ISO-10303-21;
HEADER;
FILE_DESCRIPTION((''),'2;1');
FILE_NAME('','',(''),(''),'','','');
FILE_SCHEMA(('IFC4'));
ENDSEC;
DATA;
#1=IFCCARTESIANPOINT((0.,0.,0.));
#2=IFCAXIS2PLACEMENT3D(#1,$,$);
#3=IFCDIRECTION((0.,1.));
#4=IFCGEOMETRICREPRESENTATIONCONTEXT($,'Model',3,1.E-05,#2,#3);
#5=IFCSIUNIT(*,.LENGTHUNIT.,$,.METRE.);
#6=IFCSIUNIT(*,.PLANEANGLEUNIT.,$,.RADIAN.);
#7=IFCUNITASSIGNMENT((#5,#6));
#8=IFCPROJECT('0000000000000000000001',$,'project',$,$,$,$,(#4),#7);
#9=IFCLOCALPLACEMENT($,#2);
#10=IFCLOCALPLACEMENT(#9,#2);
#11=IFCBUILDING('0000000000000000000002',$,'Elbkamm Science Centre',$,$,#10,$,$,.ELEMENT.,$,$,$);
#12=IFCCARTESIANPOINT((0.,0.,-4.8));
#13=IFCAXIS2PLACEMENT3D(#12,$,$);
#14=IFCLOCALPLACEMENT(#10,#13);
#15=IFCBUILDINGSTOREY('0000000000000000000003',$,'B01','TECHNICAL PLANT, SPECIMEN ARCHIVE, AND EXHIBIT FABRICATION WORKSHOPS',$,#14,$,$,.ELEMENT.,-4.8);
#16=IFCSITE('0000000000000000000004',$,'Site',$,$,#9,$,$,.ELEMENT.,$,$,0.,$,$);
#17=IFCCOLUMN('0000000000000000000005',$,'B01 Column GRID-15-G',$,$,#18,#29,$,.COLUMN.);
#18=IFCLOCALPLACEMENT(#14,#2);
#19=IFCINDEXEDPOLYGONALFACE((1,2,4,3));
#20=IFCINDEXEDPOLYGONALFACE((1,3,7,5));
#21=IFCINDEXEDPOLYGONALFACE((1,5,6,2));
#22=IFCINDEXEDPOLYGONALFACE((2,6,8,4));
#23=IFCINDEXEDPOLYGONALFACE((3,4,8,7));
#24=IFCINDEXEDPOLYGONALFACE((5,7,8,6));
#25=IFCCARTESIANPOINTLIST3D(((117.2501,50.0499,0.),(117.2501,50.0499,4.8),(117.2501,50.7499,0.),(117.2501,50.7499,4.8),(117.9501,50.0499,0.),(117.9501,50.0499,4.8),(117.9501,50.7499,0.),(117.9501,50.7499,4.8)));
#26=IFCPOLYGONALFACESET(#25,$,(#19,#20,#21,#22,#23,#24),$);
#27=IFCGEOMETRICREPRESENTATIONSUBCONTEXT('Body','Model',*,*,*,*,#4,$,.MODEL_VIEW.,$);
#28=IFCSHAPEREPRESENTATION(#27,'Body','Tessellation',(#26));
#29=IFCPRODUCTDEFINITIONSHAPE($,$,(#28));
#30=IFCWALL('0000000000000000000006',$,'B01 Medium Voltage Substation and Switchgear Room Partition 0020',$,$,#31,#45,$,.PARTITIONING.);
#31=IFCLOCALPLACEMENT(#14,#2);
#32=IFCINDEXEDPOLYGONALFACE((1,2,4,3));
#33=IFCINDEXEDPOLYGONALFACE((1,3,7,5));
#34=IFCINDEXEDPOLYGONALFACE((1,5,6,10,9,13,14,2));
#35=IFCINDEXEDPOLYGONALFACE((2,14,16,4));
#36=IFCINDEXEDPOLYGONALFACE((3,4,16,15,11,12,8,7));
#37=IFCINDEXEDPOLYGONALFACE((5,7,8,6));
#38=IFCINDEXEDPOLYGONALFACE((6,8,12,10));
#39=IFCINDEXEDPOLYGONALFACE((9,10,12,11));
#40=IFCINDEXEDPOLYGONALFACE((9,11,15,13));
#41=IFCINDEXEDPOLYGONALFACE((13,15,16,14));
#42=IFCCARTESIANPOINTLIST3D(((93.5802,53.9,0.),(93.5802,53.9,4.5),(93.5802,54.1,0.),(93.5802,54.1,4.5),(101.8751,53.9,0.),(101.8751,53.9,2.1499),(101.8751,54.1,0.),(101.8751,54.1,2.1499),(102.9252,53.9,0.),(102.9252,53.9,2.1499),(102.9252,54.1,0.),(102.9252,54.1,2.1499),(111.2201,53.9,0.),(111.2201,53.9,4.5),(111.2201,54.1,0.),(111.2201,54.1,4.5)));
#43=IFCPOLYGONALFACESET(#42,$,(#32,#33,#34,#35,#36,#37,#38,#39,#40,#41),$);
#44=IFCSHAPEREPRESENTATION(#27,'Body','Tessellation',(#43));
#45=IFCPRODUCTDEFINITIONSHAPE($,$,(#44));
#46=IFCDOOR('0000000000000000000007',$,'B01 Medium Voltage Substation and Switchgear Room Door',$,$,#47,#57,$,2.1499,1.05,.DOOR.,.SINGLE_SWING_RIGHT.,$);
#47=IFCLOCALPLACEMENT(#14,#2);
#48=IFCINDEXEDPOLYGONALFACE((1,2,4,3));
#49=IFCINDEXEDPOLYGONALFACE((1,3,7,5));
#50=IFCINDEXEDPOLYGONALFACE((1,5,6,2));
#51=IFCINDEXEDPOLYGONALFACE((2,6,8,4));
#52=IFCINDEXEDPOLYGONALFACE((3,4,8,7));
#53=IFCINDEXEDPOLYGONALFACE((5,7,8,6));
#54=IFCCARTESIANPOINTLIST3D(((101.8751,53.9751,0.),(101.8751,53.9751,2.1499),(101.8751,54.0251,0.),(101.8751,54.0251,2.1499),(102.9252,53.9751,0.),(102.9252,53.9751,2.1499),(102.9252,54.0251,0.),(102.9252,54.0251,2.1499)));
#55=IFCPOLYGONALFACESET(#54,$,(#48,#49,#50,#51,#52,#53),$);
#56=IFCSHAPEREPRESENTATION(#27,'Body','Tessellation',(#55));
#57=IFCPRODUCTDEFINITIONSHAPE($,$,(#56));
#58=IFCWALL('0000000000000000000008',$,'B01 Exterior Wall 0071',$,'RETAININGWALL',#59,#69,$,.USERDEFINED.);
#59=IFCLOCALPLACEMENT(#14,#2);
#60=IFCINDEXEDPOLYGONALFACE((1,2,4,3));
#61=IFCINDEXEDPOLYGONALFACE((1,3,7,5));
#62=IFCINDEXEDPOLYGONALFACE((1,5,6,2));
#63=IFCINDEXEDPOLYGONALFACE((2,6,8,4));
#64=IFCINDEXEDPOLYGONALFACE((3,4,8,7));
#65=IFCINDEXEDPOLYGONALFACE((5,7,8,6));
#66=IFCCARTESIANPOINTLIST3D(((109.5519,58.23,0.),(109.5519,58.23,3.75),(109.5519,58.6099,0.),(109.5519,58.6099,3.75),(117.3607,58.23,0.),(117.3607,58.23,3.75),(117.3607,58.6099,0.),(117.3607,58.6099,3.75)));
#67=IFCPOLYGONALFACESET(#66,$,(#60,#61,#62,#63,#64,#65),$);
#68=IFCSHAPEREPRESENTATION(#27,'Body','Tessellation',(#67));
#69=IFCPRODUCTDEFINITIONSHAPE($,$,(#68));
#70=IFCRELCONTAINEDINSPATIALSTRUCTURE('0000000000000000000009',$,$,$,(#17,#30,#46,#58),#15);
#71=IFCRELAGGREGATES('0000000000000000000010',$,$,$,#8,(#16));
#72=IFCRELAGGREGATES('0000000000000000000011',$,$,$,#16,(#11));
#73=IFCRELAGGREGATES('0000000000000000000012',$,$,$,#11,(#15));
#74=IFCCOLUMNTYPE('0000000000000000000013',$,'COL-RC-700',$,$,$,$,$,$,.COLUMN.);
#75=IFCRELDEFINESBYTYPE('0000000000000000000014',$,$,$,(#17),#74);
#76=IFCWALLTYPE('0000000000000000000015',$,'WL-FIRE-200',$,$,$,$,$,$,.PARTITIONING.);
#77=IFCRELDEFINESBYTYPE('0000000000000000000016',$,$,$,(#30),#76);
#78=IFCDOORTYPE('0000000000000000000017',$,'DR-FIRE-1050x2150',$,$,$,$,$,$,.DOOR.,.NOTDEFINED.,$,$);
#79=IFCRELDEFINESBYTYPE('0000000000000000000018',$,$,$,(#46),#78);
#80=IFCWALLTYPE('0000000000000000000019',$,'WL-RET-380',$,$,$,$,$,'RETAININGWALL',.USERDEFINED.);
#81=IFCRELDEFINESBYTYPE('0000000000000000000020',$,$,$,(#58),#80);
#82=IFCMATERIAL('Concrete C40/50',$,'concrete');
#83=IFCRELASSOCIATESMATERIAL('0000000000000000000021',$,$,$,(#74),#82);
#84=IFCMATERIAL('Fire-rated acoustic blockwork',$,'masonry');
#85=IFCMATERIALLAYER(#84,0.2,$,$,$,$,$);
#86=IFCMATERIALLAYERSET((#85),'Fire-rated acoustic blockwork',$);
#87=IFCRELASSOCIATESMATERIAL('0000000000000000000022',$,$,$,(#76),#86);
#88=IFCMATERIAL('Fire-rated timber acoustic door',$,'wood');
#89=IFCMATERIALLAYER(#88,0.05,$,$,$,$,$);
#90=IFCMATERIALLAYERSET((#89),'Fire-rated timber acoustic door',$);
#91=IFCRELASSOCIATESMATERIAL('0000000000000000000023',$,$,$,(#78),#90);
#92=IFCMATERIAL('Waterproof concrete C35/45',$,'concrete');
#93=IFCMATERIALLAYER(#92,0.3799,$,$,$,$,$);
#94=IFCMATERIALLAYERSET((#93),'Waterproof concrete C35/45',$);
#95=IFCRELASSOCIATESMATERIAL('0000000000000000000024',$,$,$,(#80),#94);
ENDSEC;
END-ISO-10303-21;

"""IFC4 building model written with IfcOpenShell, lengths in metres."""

from ifc_helpers import new_model, si_unit, direction, frame, frame_2d, origin, origin_2d, place, context, subcontext, project, spatial, rectangle, extrude, material, layer, layer_set, material_profile, profile_set, type_object, element, fill, save


model = new_model("IFC4")

# Units and contexts
model_context = context("Model", 3, precision=1e-05, world=origin(), true_north=direction((0.0, 1.0)))
body_context = subcontext(model_context, "Body", "Model", "MODEL_VIEW")
ifc_project = project(units=[si_unit("LENGTHUNIT", "METRE"), si_unit("PLANEANGLEUNIT", "RADIAN")], contexts=[model_context])

# Site, building, storey
site_placement = place(None, origin())
site = spatial("IfcSite", under=ifc_project, at=site_placement, Name="Site", CompositionType="ELEMENT", RefElevation=0.0)
building_placement = place(site_placement, origin())
building = spatial("IfcBuilding", under=site, at=building_placement, Name="Elbkamm Science Centre", CompositionType="ELEMENT")
storey_placement = place(building_placement, frame((0.0, 0.0, -4.8)))
storey = spatial("IfcBuildingStorey", under=building, at=storey_placement, Name="B01", Description="TECHNICAL PLANT, SPECIMEN ARCHIVE, AND EXHIBIT FABRICATION WORKSHOPS", CompositionType="ELEMENT", Elevation=-4.8)

# Column
ifc_material_1 = material(Name="Concrete C40/50", Category="concrete")
ifc_material_profile_1 = material_profile(ifc_material_1, rectangle(XDim=0.7, YDim=0.7, at=origin_2d()), Name="RC 700x700")
ifc_profile_set_1 = profile_set([ifc_material_profile_1], Name="Concrete C40/50")
column_type = type_object("IfcColumnType", Name="COL-RC-700", PredefinedType="COLUMN", material=ifc_profile_set_1)
for number, where, z_axis, x_axis, name in (
    (1, (117.6001, 50.3999, 0.0), (0.0, 0.0, 1.0), (1.0, 0.0, 0.0), "B01 Column GRID-15-G"),
):
    element("IfcColumn", number, at=place(storey_placement, frame(where, z_axis=z_axis, x_axis=x_axis)), inside=storey, type_object=column_type, Name=name, PredefinedType="COLUMN", context=body_context, shape_type="SweptSolid", body=[
        extrude(rectangle(XDim=0.7, YDim=0.7, at=origin_2d()), origin(), (0.0, 0.0, 1.0), 4.8),
    ])

# Wall, opening, door
ifc_material_2 = material(Name="Fire-rated acoustic blockwork", Category="masonry")
ifc_layer_1 = layer(ifc_material_2, 0.2)
ifc_layer_set_1 = layer_set([ifc_layer_1], Name="Fire-rated acoustic blockwork")
wall_type_1 = type_object("IfcWallType", Name="WL-FIRE-200", PredefinedType="PARTITIONING", material=ifc_layer_set_1)
wall_1_placement = place(storey_placement, frame((111.22, 54.0, 0.0), z_axis=(0.0, 0.0, 1.0), x_axis=(-1.0, 0.0, 0.0)))
wall_1 = element("IfcWall", 2, at=wall_1_placement, inside=storey, type_object=wall_type_1, Name="B01 Medium Voltage Substation and Switchgear Room Partition 0020", PredefinedType="PARTITIONING", context=body_context, shape_type="SweptSolid", body=[
    extrude(rectangle(XDim=17.6399, YDim=0.2, at=frame_2d((8.8198, 0.0))), origin(), (0.0, 0.0, 1.0), 4.5),
])
opening_placement = place(wall_1_placement, frame((8.2949, 0.0, 0.0)))
opening = element("IfcOpeningElement", 3, at=opening_placement, cuts=wall_1, PredefinedType="OPENING", context=body_context, shape_type="SweptSolid", body=[
    extrude(rectangle(XDim=1.05, YDim=2.1499, at=frame_2d((0.5249, 1.075))), frame((0.0, 0.1118, 0.0), z_axis=(0.0, -1.0, 0.0), x_axis=(1.0, 0.0, 0.0)), (0.0, 0.0, 1.0), 0.2239),
])
ifc_material_3 = material(Name="Fire-rated timber acoustic door", Category="wood")
ifc_layer_2 = layer(ifc_material_3, 0.05)
ifc_layer_set_2 = layer_set([ifc_layer_2], Name="Fire-rated timber acoustic door")
door_type = type_object("IfcDoorType", Name="DR-FIRE-1050x2150", OperationType="NOTDEFINED", PredefinedType="DOOR", material=ifc_layer_set_2)
door_placement = place(opening_placement, origin())
door = element("IfcDoor", 4, at=door_placement, inside=storey, type_object=door_type, Name="B01 Medium Voltage Substation and Switchgear Room Door", OperationType="SINGLE_SWING_RIGHT", OverallHeight=2.1499, OverallWidth=1.05, PredefinedType="DOOR", context=body_context, shape_type="SweptSolid", body=[
    extrude(rectangle(XDim=1.05, YDim=2.1499, at=frame_2d((0.5249, 1.075))), frame((0.0, 0.0249, 0.0), z_axis=(0.0, -1.0, 0.0), x_axis=(1.0, 0.0, 0.0)), (0.0, 0.0, 1.0), 0.05),
])
fill(opening, door)

# Wall
ifc_material_4 = material(Name="Waterproof concrete C35/45", Category="concrete")
ifc_layer_3 = layer(ifc_material_4, 0.3799)
ifc_layer_set_3 = layer_set([ifc_layer_3], Name="Waterproof concrete C35/45")
wall_type_2 = type_object("IfcWallType", Name="WL-RET-380", ElementType="RETAININGWALL", PredefinedType="USERDEFINED", material=ifc_layer_set_3)
wall_2_placement = place(storey_placement, frame((109.552, 58.4199, 0.0), z_axis=(0.0, 0.0, 1.0), x_axis=(1.0, 0.0, 0.0)))
element("IfcWall", 5, at=wall_2_placement, inside=storey, type_object=wall_type_2, Name="B01 Exterior Wall 0071", ObjectType="RETAININGWALL", PredefinedType="USERDEFINED", context=body_context, shape_type="SweptSolid", body=[
    extrude(rectangle(XDim=7.8088, YDim=0.3799, at=frame_2d((3.9043, 0.0))), origin(), (0.0, 0.0, 1.0), 3.75),
])

save(model, "model.ifc")
